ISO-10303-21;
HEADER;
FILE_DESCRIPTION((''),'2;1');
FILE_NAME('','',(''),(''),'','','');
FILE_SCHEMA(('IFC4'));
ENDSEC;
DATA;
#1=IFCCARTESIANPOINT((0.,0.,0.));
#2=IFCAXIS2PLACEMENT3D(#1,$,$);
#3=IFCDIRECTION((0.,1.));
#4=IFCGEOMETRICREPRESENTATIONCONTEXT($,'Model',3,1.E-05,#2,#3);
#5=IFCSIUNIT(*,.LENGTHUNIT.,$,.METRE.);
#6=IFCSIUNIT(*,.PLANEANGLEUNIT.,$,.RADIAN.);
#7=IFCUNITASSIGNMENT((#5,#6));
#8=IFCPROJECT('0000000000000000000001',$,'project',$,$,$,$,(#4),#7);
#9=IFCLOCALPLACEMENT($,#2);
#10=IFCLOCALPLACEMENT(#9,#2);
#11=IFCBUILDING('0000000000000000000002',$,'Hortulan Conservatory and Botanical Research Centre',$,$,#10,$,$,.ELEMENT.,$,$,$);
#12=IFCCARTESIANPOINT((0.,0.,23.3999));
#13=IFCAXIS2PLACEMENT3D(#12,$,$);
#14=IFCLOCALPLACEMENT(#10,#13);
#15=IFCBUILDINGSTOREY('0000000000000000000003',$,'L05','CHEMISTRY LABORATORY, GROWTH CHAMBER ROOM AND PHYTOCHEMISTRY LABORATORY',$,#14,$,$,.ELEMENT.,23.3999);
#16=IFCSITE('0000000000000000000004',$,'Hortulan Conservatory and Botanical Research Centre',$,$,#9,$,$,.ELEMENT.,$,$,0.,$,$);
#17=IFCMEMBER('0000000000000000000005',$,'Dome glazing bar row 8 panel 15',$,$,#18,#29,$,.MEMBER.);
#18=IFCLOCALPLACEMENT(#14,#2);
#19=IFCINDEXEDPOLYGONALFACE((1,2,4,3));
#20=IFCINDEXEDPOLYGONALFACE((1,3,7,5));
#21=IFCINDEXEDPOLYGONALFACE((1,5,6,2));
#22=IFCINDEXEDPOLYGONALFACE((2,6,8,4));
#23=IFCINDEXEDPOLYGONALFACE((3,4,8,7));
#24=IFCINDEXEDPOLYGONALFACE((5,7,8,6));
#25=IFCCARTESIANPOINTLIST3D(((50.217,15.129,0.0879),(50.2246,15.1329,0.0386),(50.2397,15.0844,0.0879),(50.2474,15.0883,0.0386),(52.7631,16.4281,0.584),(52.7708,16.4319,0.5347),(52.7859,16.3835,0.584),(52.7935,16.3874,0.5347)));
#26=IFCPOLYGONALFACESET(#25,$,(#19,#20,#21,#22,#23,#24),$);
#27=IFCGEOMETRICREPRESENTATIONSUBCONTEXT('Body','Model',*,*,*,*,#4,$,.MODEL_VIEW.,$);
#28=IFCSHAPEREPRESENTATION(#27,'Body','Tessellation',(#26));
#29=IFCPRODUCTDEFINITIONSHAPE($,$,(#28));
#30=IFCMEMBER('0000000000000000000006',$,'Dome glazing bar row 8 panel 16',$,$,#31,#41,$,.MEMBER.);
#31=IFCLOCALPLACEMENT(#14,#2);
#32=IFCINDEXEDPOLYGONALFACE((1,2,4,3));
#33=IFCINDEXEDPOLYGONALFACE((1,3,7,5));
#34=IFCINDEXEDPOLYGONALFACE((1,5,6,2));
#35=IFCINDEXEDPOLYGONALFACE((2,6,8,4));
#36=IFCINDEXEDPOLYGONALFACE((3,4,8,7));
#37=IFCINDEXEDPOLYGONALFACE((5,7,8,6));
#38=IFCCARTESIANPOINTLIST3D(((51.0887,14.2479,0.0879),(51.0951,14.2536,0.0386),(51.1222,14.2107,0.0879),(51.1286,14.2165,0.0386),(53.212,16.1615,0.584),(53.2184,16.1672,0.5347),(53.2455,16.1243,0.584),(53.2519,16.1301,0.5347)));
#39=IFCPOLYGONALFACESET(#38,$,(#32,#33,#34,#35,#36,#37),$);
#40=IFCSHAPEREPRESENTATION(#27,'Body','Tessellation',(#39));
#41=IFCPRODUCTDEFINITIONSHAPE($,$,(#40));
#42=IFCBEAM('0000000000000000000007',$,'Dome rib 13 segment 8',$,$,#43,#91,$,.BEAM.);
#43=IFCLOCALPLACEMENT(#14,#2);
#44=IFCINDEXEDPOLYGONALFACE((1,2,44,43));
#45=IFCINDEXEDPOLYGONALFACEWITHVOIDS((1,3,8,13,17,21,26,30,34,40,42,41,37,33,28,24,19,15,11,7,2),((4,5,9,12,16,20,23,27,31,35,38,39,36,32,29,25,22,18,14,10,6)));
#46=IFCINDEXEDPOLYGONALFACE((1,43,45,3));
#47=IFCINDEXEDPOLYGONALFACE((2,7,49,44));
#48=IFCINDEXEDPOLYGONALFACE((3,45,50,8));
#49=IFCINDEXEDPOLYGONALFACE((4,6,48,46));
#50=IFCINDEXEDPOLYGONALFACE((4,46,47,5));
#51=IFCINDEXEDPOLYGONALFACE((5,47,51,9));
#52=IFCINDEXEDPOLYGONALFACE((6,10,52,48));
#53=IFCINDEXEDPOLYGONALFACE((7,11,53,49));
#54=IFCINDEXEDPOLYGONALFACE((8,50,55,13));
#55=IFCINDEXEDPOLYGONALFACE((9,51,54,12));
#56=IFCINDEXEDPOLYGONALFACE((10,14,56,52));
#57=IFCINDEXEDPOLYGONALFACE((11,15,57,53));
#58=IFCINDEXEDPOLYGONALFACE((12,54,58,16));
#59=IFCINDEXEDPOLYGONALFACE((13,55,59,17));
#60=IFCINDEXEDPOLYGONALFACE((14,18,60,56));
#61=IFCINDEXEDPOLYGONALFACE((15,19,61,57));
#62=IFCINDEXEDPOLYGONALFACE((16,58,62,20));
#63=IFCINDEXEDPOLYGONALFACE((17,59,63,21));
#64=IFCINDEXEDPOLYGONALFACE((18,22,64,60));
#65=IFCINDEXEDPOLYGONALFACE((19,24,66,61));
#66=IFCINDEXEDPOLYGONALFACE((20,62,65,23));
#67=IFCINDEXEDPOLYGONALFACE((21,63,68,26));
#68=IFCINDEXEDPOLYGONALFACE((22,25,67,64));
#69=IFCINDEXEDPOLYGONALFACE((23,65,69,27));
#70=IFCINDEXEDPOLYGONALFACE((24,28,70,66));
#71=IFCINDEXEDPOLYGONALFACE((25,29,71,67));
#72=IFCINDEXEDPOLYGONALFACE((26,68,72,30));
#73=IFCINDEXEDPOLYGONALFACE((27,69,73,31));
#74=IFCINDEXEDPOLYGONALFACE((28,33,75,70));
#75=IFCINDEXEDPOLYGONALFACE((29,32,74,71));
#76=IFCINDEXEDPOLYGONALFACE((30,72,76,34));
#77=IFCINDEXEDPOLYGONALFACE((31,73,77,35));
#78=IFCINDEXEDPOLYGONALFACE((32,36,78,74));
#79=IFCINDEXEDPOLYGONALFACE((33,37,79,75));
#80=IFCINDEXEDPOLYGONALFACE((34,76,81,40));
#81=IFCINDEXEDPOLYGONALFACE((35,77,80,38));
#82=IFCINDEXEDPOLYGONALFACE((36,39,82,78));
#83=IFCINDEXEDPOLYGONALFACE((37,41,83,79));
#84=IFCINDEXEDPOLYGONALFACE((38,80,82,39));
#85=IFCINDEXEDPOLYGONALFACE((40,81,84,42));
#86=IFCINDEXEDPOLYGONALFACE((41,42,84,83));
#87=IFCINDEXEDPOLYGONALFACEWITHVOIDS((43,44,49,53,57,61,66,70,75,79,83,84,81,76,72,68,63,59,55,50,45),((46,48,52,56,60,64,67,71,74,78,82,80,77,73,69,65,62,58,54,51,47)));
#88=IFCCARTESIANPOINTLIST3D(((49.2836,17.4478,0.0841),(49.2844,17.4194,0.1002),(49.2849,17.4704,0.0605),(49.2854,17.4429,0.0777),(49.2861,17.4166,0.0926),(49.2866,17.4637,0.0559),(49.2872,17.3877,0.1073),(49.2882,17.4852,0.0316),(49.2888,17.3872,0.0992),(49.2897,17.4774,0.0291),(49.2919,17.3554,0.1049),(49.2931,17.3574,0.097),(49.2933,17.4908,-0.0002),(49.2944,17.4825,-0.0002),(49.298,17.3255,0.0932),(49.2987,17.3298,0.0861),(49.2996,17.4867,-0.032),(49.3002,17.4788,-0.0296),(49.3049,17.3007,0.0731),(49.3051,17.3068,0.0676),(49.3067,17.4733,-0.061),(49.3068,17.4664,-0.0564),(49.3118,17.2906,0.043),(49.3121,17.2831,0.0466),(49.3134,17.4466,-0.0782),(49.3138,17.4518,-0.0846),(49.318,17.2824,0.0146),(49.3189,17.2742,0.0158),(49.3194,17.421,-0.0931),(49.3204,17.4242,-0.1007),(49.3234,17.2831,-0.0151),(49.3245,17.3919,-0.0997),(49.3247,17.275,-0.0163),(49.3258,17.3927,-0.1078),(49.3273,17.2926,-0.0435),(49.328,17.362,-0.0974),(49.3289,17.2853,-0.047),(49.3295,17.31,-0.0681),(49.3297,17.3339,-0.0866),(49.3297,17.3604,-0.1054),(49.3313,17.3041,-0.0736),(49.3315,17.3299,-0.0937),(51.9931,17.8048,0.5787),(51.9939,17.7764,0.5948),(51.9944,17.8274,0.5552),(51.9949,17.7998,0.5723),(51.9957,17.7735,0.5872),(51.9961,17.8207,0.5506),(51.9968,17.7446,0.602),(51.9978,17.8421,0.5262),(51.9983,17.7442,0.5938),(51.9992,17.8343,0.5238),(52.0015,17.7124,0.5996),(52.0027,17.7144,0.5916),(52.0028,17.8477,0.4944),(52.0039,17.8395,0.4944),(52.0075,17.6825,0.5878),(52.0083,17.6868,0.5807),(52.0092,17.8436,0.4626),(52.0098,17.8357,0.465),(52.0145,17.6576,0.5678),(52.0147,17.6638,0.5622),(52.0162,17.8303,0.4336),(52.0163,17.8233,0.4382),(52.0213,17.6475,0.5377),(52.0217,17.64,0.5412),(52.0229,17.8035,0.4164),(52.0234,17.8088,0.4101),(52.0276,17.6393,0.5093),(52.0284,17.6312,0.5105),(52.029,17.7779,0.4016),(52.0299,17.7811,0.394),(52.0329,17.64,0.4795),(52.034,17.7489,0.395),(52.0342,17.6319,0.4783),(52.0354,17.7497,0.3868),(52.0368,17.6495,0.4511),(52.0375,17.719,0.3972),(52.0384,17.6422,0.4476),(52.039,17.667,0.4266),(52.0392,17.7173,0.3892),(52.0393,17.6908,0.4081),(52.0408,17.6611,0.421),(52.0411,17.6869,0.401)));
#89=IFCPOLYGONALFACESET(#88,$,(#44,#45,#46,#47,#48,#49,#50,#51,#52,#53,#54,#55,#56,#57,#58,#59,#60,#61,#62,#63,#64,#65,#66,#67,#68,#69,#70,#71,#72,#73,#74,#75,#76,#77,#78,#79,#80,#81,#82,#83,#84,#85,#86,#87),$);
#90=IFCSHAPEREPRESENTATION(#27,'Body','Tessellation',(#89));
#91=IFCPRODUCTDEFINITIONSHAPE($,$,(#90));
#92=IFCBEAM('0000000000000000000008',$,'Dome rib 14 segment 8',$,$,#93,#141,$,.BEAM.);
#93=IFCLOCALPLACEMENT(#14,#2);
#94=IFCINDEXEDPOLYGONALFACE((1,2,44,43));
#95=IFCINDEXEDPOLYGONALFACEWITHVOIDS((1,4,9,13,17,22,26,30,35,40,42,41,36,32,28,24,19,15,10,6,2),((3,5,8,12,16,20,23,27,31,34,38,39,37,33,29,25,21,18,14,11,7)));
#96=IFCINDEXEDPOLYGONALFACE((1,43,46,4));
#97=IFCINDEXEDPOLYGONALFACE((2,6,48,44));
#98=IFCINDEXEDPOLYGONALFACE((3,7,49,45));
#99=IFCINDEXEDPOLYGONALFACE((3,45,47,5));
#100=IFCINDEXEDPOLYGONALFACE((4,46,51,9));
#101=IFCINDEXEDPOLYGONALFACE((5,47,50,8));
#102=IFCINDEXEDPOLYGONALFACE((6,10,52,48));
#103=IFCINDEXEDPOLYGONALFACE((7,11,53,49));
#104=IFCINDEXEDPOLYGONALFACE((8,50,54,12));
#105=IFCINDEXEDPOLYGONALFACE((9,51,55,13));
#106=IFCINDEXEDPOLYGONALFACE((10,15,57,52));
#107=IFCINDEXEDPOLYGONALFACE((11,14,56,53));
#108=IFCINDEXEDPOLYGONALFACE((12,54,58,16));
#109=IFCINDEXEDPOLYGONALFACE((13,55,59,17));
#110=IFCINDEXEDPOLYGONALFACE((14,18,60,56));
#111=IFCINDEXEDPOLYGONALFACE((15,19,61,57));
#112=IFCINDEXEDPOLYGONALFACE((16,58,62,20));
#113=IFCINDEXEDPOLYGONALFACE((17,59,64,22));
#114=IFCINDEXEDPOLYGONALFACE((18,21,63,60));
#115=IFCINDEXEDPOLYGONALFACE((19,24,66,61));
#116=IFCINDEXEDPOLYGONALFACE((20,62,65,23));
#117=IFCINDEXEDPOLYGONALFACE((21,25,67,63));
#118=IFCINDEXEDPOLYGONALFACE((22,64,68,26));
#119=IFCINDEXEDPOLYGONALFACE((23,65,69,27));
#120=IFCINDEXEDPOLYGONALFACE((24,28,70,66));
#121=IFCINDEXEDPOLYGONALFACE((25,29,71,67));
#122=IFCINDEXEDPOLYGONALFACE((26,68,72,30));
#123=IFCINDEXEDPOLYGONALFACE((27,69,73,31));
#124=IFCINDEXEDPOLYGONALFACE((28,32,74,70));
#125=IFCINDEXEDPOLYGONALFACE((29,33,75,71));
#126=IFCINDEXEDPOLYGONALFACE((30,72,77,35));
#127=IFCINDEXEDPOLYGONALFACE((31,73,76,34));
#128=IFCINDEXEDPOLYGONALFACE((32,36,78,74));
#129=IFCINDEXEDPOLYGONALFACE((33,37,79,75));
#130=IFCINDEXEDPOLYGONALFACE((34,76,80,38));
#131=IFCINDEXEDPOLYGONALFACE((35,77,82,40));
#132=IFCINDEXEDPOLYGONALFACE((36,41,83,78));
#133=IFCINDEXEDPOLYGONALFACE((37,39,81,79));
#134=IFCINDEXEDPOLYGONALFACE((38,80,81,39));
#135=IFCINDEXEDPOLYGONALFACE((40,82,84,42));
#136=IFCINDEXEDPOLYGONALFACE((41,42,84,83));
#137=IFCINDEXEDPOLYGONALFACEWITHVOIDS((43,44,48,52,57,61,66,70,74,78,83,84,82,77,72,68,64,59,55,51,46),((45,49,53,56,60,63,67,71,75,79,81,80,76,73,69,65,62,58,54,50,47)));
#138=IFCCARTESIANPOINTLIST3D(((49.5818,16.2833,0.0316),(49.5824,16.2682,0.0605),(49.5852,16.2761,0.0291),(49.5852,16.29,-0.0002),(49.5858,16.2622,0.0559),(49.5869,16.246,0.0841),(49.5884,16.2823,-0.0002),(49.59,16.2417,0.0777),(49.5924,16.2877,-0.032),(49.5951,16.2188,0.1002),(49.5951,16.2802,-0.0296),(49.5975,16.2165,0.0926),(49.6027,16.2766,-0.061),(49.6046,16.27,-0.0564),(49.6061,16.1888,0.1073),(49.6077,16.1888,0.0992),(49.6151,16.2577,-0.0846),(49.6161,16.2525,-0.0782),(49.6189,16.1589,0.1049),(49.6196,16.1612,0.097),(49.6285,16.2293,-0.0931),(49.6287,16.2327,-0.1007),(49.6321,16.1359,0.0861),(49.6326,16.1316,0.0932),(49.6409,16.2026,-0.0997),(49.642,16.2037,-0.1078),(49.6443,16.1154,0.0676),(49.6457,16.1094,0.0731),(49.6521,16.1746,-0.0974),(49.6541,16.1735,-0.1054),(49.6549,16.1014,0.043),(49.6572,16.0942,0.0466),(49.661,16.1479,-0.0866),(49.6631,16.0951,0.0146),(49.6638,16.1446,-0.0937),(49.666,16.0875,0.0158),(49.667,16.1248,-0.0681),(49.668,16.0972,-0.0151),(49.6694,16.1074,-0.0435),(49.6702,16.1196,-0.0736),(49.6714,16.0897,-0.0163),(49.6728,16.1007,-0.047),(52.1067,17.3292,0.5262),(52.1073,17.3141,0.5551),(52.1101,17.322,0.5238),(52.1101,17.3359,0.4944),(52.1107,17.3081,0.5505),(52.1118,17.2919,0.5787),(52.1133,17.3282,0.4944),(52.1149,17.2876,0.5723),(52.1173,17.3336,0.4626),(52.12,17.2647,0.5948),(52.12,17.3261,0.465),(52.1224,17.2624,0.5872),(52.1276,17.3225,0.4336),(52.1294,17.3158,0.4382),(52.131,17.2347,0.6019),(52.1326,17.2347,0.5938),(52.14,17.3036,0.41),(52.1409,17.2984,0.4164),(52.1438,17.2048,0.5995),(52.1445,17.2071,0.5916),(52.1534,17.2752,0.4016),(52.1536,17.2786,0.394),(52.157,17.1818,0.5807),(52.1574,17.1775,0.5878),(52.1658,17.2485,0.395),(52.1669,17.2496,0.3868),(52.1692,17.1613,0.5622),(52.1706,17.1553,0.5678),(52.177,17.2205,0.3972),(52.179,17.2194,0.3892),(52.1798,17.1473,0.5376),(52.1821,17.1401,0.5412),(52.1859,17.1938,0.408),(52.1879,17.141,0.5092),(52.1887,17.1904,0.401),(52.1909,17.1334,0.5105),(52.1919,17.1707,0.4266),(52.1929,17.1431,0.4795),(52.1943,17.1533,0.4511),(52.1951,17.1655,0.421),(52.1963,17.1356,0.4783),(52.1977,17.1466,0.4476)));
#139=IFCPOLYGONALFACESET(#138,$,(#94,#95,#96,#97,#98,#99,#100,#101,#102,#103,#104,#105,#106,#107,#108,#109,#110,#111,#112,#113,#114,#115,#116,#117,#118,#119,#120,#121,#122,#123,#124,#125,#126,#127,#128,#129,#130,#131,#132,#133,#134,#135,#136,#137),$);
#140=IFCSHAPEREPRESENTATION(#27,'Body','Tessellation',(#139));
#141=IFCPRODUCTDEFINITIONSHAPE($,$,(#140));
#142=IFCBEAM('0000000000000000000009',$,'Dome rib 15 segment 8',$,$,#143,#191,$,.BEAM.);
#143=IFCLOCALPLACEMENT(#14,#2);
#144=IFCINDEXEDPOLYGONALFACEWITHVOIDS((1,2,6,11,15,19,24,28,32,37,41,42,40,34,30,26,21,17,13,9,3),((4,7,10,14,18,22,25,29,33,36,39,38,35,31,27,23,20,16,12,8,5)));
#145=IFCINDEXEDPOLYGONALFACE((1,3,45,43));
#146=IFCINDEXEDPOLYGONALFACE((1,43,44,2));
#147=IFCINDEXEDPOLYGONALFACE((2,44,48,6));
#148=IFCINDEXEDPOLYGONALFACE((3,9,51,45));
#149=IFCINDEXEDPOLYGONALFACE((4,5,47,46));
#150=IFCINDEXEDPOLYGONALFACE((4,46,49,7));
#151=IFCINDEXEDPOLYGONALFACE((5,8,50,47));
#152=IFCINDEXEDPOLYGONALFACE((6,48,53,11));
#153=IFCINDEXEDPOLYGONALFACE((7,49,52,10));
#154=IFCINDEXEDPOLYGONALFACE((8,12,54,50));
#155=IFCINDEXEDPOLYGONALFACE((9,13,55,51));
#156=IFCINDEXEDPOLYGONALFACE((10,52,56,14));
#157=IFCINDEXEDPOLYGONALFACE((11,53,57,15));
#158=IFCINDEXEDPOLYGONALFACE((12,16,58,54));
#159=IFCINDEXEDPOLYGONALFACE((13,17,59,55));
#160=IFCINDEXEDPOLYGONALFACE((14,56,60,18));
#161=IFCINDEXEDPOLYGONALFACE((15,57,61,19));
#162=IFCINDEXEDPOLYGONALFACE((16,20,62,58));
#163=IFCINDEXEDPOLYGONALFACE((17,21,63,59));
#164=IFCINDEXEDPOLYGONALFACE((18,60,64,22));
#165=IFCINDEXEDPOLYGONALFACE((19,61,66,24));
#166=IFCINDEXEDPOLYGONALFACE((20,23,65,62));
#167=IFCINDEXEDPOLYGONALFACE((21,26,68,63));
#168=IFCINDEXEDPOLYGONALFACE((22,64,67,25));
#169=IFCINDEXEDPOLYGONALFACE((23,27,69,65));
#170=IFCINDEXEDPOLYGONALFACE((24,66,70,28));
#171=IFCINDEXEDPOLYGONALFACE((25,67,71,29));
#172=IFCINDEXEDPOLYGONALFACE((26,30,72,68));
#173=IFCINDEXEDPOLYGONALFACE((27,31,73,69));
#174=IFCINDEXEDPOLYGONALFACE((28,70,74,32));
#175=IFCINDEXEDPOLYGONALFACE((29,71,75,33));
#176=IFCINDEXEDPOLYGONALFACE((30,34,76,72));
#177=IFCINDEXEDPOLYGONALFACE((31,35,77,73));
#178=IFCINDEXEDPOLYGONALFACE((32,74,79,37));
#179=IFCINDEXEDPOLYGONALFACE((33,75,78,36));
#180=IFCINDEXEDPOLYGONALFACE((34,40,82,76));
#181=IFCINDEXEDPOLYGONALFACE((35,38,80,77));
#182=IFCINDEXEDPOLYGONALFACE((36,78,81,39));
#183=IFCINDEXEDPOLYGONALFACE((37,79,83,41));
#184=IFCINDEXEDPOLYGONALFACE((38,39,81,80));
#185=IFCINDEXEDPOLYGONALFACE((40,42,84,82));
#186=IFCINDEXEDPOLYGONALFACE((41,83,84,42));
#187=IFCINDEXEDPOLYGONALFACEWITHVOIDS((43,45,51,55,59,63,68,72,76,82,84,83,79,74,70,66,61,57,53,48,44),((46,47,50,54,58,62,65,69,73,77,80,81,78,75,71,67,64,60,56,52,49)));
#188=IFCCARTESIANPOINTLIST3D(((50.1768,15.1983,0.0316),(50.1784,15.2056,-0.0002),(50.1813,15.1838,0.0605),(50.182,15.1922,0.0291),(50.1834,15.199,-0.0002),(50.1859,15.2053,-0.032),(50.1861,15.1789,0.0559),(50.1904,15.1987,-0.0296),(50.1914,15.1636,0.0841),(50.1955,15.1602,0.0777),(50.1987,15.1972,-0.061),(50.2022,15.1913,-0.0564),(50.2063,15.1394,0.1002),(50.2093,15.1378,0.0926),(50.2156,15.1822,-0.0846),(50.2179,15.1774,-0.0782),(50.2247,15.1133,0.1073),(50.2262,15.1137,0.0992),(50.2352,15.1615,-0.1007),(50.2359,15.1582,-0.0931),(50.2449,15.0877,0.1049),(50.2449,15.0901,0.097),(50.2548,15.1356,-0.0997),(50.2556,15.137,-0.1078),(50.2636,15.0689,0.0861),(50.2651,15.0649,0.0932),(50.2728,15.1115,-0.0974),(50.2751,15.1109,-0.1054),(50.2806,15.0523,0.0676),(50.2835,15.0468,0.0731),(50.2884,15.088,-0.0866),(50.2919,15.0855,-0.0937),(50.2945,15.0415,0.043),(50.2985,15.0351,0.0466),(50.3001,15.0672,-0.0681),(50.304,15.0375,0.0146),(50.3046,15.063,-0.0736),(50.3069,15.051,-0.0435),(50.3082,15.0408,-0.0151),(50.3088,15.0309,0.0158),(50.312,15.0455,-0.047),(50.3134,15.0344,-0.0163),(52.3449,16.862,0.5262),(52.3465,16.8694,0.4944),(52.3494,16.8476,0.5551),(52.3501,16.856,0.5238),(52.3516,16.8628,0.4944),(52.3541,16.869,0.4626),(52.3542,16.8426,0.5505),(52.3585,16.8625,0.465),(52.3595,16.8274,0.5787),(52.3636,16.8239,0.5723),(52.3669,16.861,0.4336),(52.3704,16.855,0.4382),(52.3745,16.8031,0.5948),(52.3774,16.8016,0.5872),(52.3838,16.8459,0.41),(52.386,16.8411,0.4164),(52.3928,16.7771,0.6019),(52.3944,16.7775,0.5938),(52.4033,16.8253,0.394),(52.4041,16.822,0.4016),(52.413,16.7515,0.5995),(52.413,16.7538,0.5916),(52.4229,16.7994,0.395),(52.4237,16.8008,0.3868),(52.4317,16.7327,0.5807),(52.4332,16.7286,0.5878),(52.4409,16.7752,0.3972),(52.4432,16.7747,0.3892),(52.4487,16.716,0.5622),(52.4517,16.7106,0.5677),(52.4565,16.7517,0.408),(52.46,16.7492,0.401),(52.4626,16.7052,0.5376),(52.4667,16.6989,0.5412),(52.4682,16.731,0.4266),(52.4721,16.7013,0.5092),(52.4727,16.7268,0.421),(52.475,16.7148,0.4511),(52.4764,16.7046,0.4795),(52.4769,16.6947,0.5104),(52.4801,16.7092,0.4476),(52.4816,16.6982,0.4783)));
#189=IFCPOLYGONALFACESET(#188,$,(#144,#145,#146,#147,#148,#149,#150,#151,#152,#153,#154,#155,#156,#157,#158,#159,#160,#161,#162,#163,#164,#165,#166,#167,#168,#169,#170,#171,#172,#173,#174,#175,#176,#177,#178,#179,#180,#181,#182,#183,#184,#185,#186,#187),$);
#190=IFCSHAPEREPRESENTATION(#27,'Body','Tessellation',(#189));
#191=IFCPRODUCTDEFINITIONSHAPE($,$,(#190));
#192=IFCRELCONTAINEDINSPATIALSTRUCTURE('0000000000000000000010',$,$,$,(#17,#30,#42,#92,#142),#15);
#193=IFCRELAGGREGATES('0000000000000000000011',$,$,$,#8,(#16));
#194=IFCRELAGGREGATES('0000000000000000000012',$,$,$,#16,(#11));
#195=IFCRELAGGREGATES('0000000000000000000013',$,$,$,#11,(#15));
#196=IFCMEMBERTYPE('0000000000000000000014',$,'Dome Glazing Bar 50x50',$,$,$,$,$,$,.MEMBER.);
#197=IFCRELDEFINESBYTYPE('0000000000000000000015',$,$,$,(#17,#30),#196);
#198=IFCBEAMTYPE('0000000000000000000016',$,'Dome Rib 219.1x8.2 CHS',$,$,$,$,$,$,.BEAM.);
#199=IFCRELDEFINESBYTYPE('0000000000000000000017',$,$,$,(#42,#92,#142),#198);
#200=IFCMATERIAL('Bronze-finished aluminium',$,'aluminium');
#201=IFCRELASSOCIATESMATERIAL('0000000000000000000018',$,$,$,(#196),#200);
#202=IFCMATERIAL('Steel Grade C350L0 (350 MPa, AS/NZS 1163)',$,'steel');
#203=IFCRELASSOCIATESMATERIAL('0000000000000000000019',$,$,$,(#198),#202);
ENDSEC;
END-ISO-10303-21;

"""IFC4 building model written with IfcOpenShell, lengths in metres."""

from ifc_helpers import new_model, si_unit, direction, frame, origin, origin_2d, place, context, subcontext, project, spatial, rectangle, hollow_circle, extrude, material, material_profile, profile_set, type_object, element, save


model = new_model("IFC4")

# Units and contexts
model_context = context("Model", 3, precision=1e-05, world=origin(), true_north=direction((0.0, 1.0)))
body_context = subcontext(model_context, "Body", "Model", "MODEL_VIEW")
ifc_project = project(units=[si_unit("LENGTHUNIT", "METRE"), si_unit("PLANEANGLEUNIT", "RADIAN")], contexts=[model_context])

# Site, building, storey
site_placement = place(None, origin())
site = spatial("IfcSite", under=ifc_project, at=site_placement, Name="Hortulan Conservatory and Botanical Research Centre", CompositionType="ELEMENT", RefElevation=0.0)
building_placement = place(site_placement, origin())
building = spatial("IfcBuilding", under=site, at=building_placement, Name="Hortulan Conservatory and Botanical Research Centre", CompositionType="ELEMENT")
storey_placement = place(building_placement, frame((0.0, 0.0, 23.3999)))
storey = spatial("IfcBuildingStorey", under=building, at=storey_placement, Name="L05", Description="CHEMISTRY LABORATORY, GROWTH CHAMBER ROOM AND PHYTOCHEMISTRY LABORATORY", CompositionType="ELEMENT", Elevation=23.3999)

# Members
ifc_material_1 = material(Name="Steel Grade C350L0 (350 MPa, AS/NZS 1163)", Category="steel")
ifc_material_2 = material(Name="Bronze-finished aluminium", Category="aluminium")
ifc_material_profile_1 = material_profile(ifc_material_2, rectangle(XDim=0.05, YDim=0.05, at=origin_2d()), Name="Square bar 50x50")
ifc_profile_set_1 = profile_set([ifc_material_profile_1], Name="Bronze-finished aluminium")
member_type_1 = type_object("IfcMemberType", Name="Dome Glazing Bar 50x50", PredefinedType="MEMBER", material=ifc_profile_set_1)
for number, where, z_axis, x_axis, name in (
    (1, (50.2322, 15.1086, 0.0632), (0.877639, 0.447782, 0.171), (-0.454476, 0.890759, 0.0), "Dome glazing bar row 8 panel 15"),
    (2, (51.1086, 14.2322, 0.0632), (0.731898, 0.659609, 0.171003), (-0.66947, 0.74284, 0.0), "Dome glazing bar row 8 panel 16"),
):
    element("IfcMember", number, at=place(storey_placement, frame(where, z_axis=z_axis, x_axis=x_axis)), inside=storey, type_object=member_type_1, Name=name, PredefinedType="MEMBER", context=body_context, shape_type="SweptSolid", body=[
        extrude(rectangle(XDim=0.05, YDim=0.05, at=origin_2d()), origin(), (0.0, 0.0, 1.0), 2.9011),
    ])

# Beams
ifc_material_profile_2 = material_profile(ifc_material_1, hollow_circle(Radius=0.1096, WallThickness=0.0083, at=origin_2d()), Name="219.1x8.2CHS")
ifc_profile_set_2 = profile_set([ifc_material_profile_2], Name="Steel Grade C350L0 (350 MPa, AS/NZS 1163)")
beam_type = type_object("IfcBeamType", Name="Dome Rib 219.1x8.2 CHS", PredefinedType="BEAM", material=ifc_profile_set_2)
for number, where, z_axis, x_axis, name in (
    (3, (49.3076, 17.3821, -0.0002), (0.975584, 0.128519, 0.178098), (-0.130607, 0.991434, 0.0), "Dome rib 13 segment 8"),
    (4, (49.6272, 16.1887, -0.0002), (0.909104, 0.376581, 0.178094), (-0.382699, 0.923873, 0.0), "Dome rib 14 segment 8"),
    (5, (50.2451, 15.1187, -0.0002), (0.780655, 0.59905, 0.178089), (-0.608782, 0.793337, 0.0), "Dome rib 15 segment 8"),
):
    element("IfcBeam", number, at=place(storey_placement, frame(where, z_axis=z_axis, x_axis=x_axis)), inside=storey, type_object=beam_type, Name=name, PredefinedType="BEAM", context=body_context, shape_type="SweptSolid", body=[
        extrude(hollow_circle(Radius=0.1096, WallThickness=0.0083, at=origin_2d()), origin(), (0.0, 0.0, 1.0), 2.7773),
    ])

save(model, "model.ifc")
